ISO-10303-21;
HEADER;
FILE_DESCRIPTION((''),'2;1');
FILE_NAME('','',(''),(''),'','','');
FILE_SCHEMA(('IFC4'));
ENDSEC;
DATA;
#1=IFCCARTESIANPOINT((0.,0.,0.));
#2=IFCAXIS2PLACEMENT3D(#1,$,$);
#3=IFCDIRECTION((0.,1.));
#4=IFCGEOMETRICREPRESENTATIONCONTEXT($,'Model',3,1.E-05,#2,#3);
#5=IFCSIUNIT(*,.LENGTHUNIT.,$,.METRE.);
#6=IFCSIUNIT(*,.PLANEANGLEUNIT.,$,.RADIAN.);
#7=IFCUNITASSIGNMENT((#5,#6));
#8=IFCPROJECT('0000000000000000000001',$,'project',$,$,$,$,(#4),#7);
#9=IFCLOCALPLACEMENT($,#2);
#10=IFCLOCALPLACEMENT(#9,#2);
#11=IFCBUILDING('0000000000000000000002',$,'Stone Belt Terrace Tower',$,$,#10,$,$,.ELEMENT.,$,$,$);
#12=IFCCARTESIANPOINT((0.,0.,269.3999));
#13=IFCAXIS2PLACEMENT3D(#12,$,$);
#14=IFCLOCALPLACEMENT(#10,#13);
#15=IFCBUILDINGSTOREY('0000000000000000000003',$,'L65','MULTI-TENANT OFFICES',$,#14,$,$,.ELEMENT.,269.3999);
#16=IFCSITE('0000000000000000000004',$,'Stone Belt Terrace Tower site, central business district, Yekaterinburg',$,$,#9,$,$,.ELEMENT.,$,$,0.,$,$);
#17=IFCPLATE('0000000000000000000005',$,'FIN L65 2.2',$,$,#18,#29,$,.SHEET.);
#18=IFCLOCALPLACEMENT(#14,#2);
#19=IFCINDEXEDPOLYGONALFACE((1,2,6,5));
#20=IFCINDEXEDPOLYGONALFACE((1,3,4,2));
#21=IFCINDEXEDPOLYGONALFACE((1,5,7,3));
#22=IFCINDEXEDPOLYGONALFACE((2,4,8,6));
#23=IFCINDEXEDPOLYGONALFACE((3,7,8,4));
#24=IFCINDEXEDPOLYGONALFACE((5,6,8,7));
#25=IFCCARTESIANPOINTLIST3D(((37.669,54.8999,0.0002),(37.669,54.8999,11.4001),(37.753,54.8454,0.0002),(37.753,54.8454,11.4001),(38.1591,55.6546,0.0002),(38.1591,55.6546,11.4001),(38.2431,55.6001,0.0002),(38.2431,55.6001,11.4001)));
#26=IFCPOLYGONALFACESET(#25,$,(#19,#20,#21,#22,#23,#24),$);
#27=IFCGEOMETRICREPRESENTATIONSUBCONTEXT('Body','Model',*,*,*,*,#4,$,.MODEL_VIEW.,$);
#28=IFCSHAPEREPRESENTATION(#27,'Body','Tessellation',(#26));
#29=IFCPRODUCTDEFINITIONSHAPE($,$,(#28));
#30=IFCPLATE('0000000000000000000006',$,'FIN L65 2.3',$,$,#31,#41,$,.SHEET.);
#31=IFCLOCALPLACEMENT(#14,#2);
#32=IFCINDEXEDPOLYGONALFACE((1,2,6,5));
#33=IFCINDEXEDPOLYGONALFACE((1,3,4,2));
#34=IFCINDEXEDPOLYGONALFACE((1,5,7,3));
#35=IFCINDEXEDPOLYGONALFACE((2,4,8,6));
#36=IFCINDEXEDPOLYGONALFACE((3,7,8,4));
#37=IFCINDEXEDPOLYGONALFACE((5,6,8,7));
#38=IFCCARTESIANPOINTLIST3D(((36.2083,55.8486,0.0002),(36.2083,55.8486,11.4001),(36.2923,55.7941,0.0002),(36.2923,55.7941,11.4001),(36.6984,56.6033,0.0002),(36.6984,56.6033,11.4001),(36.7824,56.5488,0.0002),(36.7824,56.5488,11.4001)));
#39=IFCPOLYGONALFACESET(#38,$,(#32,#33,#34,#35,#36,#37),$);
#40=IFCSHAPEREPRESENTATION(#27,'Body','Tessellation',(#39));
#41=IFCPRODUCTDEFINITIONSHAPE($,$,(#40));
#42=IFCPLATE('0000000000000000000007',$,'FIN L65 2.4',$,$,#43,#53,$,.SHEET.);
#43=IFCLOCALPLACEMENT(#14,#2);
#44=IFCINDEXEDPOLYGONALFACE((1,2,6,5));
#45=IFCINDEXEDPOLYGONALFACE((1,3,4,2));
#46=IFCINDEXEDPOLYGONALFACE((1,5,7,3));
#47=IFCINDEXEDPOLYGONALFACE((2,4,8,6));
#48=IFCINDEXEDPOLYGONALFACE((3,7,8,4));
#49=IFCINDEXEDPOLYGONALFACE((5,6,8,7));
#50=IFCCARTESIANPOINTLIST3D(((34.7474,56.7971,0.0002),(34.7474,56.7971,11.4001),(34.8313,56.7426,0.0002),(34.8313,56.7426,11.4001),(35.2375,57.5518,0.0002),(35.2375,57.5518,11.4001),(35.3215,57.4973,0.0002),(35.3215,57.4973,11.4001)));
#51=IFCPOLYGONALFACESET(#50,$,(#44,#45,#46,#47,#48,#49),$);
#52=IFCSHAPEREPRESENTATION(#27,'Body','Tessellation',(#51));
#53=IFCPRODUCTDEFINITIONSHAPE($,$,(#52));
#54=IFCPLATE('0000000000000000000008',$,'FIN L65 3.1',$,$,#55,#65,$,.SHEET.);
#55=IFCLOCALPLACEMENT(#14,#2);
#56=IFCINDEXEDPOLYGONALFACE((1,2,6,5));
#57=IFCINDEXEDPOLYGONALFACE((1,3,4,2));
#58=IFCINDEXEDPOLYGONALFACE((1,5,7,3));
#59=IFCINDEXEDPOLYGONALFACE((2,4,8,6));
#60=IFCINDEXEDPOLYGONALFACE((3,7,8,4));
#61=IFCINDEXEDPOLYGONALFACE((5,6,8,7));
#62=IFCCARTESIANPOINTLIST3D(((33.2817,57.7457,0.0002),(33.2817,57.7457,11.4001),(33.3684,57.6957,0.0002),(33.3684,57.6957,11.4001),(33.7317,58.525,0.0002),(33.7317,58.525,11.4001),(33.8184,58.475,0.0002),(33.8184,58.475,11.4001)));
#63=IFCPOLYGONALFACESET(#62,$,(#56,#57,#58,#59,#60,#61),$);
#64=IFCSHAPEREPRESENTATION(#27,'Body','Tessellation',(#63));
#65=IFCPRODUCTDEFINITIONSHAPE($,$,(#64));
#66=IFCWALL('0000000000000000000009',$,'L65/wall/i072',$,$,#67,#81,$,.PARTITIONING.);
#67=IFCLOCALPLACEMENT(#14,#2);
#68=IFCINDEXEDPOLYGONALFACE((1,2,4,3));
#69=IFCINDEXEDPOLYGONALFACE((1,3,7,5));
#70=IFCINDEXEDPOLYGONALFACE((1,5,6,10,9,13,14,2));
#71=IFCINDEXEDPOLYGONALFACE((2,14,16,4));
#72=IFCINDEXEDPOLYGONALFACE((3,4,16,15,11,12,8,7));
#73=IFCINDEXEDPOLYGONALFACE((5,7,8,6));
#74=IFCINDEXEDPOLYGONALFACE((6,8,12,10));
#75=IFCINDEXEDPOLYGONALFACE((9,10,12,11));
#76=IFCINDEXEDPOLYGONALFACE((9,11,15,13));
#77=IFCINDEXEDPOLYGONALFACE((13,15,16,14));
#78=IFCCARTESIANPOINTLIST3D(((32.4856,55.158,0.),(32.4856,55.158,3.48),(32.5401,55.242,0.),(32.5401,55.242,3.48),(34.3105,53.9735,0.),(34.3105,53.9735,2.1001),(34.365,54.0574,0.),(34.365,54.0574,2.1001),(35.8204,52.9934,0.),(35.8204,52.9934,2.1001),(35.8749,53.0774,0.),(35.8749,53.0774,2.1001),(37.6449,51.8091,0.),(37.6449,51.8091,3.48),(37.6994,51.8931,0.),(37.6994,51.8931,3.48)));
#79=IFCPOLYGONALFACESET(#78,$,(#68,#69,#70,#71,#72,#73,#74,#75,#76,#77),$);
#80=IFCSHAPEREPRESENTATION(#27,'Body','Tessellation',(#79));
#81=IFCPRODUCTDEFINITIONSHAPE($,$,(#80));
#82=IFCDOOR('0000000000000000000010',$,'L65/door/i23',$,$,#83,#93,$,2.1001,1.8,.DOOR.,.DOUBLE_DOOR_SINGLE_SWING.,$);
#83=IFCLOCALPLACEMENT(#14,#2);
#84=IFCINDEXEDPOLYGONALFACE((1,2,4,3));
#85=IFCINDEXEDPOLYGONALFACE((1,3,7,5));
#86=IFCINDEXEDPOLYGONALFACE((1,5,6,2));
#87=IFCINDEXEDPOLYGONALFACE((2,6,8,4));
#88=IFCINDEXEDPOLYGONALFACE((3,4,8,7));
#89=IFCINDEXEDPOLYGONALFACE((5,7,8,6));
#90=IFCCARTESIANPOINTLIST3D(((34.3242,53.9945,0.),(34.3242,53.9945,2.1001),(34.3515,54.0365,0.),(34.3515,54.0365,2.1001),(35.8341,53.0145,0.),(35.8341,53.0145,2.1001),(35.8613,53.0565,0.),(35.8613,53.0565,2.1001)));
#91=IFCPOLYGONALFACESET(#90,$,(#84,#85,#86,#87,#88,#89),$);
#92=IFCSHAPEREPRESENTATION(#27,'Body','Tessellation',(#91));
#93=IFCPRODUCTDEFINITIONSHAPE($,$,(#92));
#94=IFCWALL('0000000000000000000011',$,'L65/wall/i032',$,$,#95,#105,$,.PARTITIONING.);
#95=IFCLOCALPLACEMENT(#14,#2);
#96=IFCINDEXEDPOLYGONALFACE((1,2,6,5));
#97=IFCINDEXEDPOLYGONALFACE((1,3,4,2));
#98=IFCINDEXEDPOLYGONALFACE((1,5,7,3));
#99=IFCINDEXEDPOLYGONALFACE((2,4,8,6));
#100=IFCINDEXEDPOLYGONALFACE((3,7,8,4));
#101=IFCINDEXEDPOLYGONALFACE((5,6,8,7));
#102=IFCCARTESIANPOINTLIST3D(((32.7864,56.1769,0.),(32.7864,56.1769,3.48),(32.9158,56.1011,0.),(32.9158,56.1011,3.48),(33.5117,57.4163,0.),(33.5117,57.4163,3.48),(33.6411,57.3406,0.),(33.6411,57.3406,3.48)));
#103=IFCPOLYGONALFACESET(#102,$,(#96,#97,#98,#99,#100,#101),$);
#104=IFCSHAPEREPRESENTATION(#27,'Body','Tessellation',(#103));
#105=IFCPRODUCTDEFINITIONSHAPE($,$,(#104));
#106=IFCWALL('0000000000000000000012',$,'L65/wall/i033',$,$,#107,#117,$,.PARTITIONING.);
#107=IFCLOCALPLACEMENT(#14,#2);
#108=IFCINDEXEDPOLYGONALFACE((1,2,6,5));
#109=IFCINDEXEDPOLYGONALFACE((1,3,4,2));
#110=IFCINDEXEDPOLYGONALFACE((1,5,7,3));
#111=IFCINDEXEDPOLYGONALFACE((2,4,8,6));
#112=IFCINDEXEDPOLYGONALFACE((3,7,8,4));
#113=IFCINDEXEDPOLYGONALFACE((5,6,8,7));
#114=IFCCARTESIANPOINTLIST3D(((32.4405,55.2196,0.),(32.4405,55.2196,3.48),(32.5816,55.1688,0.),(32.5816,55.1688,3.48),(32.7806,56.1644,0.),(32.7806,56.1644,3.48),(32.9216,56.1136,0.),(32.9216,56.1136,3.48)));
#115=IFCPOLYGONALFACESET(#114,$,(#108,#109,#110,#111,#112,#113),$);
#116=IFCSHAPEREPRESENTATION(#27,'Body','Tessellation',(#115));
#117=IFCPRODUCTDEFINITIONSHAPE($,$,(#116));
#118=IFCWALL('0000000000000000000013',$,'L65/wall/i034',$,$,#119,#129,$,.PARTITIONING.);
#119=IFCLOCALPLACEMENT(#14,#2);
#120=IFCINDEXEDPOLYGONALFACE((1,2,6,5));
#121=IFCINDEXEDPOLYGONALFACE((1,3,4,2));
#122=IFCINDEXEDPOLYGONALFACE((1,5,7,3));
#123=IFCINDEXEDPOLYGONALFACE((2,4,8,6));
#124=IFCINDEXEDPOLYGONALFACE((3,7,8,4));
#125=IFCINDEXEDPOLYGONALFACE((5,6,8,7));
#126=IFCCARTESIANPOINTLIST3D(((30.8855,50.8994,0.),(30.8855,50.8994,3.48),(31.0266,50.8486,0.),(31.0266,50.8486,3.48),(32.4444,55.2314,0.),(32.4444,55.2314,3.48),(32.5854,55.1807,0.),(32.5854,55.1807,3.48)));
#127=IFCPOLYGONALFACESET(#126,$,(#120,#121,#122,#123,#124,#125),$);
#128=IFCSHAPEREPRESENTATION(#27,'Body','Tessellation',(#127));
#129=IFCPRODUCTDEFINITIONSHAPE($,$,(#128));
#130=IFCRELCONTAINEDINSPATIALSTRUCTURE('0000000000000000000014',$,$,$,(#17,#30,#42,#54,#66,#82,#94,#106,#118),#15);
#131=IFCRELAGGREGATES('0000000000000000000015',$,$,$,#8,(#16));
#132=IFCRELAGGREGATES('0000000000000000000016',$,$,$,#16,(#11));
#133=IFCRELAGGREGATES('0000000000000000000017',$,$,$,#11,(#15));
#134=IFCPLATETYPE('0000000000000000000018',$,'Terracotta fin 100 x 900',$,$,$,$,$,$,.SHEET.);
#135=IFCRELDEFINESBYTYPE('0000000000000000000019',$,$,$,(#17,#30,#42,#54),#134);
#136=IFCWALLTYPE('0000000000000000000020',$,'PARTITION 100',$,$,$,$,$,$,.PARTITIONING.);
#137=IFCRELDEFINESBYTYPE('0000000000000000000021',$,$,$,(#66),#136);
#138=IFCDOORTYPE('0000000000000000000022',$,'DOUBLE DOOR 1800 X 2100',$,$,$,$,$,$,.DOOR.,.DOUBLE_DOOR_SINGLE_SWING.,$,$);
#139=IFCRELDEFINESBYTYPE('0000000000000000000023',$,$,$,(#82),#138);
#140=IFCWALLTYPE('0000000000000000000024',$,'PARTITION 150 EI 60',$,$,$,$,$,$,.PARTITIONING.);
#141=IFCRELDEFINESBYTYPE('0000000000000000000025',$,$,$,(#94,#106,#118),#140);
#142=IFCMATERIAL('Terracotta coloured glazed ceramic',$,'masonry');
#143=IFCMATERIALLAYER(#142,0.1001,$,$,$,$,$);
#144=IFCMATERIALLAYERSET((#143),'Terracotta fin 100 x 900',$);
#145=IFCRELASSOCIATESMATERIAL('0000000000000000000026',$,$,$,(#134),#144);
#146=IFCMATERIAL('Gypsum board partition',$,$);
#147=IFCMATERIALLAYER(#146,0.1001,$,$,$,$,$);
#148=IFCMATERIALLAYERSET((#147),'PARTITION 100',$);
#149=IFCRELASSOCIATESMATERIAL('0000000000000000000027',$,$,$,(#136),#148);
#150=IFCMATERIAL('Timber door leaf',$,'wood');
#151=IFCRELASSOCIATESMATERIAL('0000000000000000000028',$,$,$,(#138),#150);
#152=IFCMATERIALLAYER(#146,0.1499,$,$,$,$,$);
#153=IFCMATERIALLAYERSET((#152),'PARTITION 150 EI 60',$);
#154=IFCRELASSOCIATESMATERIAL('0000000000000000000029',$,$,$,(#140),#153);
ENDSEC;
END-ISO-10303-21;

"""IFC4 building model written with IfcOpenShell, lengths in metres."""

from ifc_helpers import new_model, si_unit, direction, frame, frame_2d, origin, origin_2d, place, context, subcontext, project, spatial, rectangle, extrude, material, layer, layer_set, type_object, element, fill, save


model = new_model("IFC4")

# Units and contexts
model_context = context("Model", 3, precision=1e-05, world=origin(), true_north=direction((0.0, 1.0)))
body_context = subcontext(model_context, "Body", "Model", "MODEL_VIEW")
ifc_project = project(units=[si_unit("LENGTHUNIT", "METRE"), si_unit("PLANEANGLEUNIT", "RADIAN")], contexts=[model_context])

# Site, building, storey
site_placement = place(None, origin())
site = spatial("IfcSite", under=ifc_project, at=site_placement, Name="Stone Belt Terrace Tower site, central business district, Yekaterinburg", CompositionType="ELEMENT", RefElevation=0.0)
building_placement = place(site_placement, origin())
building = spatial("IfcBuilding", under=site, at=building_placement, Name="Stone Belt Terrace Tower", CompositionType="ELEMENT")
storey_placement = place(building_placement, frame((0.0, 0.0, 269.3999)))
storey = spatial("IfcBuildingStorey", under=building, at=storey_placement, Name="L65", Description="MULTI-TENANT OFFICES", CompositionType="ELEMENT", Elevation=269.3999)

# Plates
ifc_material_1 = material(Name="Terracotta coloured glazed ceramic", Category="masonry")
ifc_layer_1 = layer(ifc_material_1, 0.1001)
ifc_layer_set_1 = layer_set([ifc_layer_1], Name="Terracotta fin 100 x 900")
plate_type_1 = type_object("IfcPlateType", Name="Terracotta fin 100 x 900", PredefinedType="SHEET", material=ifc_layer_set_1)
for number, where, z_axis, x_axis, name in (
    (1, (37.9561, 55.25, 0.0002), (0.0, 0.0, 1.0), (0.544639, 0.838671, 0.0), "FIN L65 2.2"),
    (2, (36.4954, 56.1987, 0.0002), (0.0, 0.0, 1.0), (0.544639, 0.838671, 0.0), "FIN L65 2.3"),
    (3, (35.0344, 57.1472, 0.0002), (0.0, 0.0, 1.0), (0.544639, 0.838671, 0.0), "FIN L65 2.4"),
    (4, (33.55, 58.1104, 0.0002), (0.0, 0.0, 1.0), (0.5, 0.866025, 0.0), "FIN L65 3.1"),
):
    element("IfcPlate", number, at=place(storey_placement, frame(where, z_axis=z_axis, x_axis=x_axis)), inside=storey, type_object=plate_type_1, Name=name, PredefinedType="SHEET", context=body_context, shape_type="SweptSolid", body=[
        extrude(rectangle(XDim=0.8999, YDim=0.1001, at=origin_2d()), origin(), (0.0, 0.0, 1.0), 11.3999),
    ])

# Wall, opening, door
ifc_material_2 = material(Name="Gypsum board partition")
ifc_layer_2 = layer(ifc_material_2, 0.1001)
ifc_layer_set_2 = layer_set([ifc_layer_2], Name="PARTITION 100")
wall_type_1 = type_object("IfcWallType", Name="PARTITION 100", PredefinedType="PARTITIONING", material=ifc_layer_set_2)
wall_1_placement = place(storey_placement, frame((37.6721, 51.8511, 0.0), z_axis=(0.0, 0.0, 1.0), x_axis=(-0.838784, 0.544464, 0.0)))
wall_1 = element("IfcWall", 5, at=wall_1_placement, inside=storey, type_object=wall_type_1, Name="L65/wall/i072", PredefinedType="PARTITIONING", context=body_context, shape_type="SweptSolid", body=[
    extrude(rectangle(XDim=6.1509, YDim=0.1001, at=frame_2d((3.0754, 0.0))), origin(), (0.0, 0.0, 1.0), 3.48),
])
opening_placement = place(wall_1_placement, frame((2.1753, 0.0, 0.0)))
opening = element("IfcOpeningElement", 6, at=opening_placement, cuts=wall_1, PredefinedType="OPENING", context=body_context, shape_type="SweptSolid", body=[
    extrude(rectangle(XDim=1.8, YDim=2.1001, at=frame_2d((0.8999, 1.05))), frame((0.0, 0.0601, 0.0), z_axis=(0.0, -1.0, 0.0), x_axis=(1.0, 0.0, 0.0)), (0.0, 0.0, 1.0), 0.1201),
])
ifc_material_3 = material(Name="Timber door leaf", Category="wood")
door_type = type_object("IfcDoorType", Name="DOUBLE DOOR 1800 X 2100", OperationType="DOUBLE_DOOR_SINGLE_SWING", PredefinedType="DOOR", material=ifc_material_3)
door_placement = place(opening_placement, origin())
door = element("IfcDoor", 7, at=door_placement, inside=storey, type_object=door_type, Name="L65/door/i23", OperationType="DOUBLE_DOOR_SINGLE_SWING", OverallHeight=2.1001, OverallWidth=1.8, PredefinedType="DOOR", context=body_context, shape_type="SweptSolid", body=[
    extrude(rectangle(XDim=1.8, YDim=2.1001, at=frame_2d((0.8999, 1.05))), frame((0.0, 0.0249, 0.0), z_axis=(0.0, -1.0, 0.0), x_axis=(1.0, 0.0, 0.0)), (0.0, 0.0, 1.0), 0.05),
])
fill(opening, door)

# Walls
ifc_layer_3 = layer(ifc_material_2, 0.1499)
ifc_layer_set_3 = layer_set([ifc_layer_3], Name="PARTITION 150 EI 60")
wall_type_2 = type_object("IfcWallType", Name="PARTITION 150 EI 60", PredefinedType="PARTITIONING", material=ifc_layer_set_3)
wall_2_placement = place(storey_placement, frame((33.5764, 57.3784, 0.0), z_axis=(0.0, 0.0, 1.0), x_axis=(-0.505065, -0.863081, 0.0)))
element("IfcWall", 8, at=wall_2_placement, inside=storey, type_object=wall_type_2, Name="L65/wall/i032", PredefinedType="PARTITIONING", context=body_context, shape_type="SweptSolid", body=[
    extrude(rectangle(XDim=1.436, YDim=0.1499, at=frame_2d((0.718, 0.0))), origin(), (0.0, 0.0, 1.0), 3.48),
])
wall_3_placement = place(storey_placement, frame((32.8511, 56.1389, 0.0), z_axis=(0.0, 0.0, 1.0), x_axis=(-0.338676, -0.940903, 0.0)))
element("IfcWall", 9, at=wall_3_placement, inside=storey, type_object=wall_type_2, Name="L65/wall/i033", PredefinedType="PARTITIONING", context=body_context, shape_type="SweptSolid", body=[
    extrude(rectangle(XDim=1.0042, YDim=0.1499, at=frame_2d((0.502, 0.0))), origin(), (0.0, 0.0, 1.0), 3.48),
])
wall_4_placement = place(storey_placement, frame((32.5149, 55.2061, 0.0), z_axis=(0.0, 0.0, 1.0), x_axis=(-0.338586, -0.940935, 0.0)))
element("IfcWall", 10, at=wall_4_placement, inside=storey, type_object=wall_type_2, Name="L65/wall/i034", PredefinedType="PARTITIONING", context=body_context, shape_type="SweptSolid", body=[
    extrude(rectangle(XDim=4.604, YDim=0.1499, at=frame_2d((2.302, 0.0))), origin(), (0.0, 0.0, 1.0), 3.48),
])

save(model, "model.ifc")
